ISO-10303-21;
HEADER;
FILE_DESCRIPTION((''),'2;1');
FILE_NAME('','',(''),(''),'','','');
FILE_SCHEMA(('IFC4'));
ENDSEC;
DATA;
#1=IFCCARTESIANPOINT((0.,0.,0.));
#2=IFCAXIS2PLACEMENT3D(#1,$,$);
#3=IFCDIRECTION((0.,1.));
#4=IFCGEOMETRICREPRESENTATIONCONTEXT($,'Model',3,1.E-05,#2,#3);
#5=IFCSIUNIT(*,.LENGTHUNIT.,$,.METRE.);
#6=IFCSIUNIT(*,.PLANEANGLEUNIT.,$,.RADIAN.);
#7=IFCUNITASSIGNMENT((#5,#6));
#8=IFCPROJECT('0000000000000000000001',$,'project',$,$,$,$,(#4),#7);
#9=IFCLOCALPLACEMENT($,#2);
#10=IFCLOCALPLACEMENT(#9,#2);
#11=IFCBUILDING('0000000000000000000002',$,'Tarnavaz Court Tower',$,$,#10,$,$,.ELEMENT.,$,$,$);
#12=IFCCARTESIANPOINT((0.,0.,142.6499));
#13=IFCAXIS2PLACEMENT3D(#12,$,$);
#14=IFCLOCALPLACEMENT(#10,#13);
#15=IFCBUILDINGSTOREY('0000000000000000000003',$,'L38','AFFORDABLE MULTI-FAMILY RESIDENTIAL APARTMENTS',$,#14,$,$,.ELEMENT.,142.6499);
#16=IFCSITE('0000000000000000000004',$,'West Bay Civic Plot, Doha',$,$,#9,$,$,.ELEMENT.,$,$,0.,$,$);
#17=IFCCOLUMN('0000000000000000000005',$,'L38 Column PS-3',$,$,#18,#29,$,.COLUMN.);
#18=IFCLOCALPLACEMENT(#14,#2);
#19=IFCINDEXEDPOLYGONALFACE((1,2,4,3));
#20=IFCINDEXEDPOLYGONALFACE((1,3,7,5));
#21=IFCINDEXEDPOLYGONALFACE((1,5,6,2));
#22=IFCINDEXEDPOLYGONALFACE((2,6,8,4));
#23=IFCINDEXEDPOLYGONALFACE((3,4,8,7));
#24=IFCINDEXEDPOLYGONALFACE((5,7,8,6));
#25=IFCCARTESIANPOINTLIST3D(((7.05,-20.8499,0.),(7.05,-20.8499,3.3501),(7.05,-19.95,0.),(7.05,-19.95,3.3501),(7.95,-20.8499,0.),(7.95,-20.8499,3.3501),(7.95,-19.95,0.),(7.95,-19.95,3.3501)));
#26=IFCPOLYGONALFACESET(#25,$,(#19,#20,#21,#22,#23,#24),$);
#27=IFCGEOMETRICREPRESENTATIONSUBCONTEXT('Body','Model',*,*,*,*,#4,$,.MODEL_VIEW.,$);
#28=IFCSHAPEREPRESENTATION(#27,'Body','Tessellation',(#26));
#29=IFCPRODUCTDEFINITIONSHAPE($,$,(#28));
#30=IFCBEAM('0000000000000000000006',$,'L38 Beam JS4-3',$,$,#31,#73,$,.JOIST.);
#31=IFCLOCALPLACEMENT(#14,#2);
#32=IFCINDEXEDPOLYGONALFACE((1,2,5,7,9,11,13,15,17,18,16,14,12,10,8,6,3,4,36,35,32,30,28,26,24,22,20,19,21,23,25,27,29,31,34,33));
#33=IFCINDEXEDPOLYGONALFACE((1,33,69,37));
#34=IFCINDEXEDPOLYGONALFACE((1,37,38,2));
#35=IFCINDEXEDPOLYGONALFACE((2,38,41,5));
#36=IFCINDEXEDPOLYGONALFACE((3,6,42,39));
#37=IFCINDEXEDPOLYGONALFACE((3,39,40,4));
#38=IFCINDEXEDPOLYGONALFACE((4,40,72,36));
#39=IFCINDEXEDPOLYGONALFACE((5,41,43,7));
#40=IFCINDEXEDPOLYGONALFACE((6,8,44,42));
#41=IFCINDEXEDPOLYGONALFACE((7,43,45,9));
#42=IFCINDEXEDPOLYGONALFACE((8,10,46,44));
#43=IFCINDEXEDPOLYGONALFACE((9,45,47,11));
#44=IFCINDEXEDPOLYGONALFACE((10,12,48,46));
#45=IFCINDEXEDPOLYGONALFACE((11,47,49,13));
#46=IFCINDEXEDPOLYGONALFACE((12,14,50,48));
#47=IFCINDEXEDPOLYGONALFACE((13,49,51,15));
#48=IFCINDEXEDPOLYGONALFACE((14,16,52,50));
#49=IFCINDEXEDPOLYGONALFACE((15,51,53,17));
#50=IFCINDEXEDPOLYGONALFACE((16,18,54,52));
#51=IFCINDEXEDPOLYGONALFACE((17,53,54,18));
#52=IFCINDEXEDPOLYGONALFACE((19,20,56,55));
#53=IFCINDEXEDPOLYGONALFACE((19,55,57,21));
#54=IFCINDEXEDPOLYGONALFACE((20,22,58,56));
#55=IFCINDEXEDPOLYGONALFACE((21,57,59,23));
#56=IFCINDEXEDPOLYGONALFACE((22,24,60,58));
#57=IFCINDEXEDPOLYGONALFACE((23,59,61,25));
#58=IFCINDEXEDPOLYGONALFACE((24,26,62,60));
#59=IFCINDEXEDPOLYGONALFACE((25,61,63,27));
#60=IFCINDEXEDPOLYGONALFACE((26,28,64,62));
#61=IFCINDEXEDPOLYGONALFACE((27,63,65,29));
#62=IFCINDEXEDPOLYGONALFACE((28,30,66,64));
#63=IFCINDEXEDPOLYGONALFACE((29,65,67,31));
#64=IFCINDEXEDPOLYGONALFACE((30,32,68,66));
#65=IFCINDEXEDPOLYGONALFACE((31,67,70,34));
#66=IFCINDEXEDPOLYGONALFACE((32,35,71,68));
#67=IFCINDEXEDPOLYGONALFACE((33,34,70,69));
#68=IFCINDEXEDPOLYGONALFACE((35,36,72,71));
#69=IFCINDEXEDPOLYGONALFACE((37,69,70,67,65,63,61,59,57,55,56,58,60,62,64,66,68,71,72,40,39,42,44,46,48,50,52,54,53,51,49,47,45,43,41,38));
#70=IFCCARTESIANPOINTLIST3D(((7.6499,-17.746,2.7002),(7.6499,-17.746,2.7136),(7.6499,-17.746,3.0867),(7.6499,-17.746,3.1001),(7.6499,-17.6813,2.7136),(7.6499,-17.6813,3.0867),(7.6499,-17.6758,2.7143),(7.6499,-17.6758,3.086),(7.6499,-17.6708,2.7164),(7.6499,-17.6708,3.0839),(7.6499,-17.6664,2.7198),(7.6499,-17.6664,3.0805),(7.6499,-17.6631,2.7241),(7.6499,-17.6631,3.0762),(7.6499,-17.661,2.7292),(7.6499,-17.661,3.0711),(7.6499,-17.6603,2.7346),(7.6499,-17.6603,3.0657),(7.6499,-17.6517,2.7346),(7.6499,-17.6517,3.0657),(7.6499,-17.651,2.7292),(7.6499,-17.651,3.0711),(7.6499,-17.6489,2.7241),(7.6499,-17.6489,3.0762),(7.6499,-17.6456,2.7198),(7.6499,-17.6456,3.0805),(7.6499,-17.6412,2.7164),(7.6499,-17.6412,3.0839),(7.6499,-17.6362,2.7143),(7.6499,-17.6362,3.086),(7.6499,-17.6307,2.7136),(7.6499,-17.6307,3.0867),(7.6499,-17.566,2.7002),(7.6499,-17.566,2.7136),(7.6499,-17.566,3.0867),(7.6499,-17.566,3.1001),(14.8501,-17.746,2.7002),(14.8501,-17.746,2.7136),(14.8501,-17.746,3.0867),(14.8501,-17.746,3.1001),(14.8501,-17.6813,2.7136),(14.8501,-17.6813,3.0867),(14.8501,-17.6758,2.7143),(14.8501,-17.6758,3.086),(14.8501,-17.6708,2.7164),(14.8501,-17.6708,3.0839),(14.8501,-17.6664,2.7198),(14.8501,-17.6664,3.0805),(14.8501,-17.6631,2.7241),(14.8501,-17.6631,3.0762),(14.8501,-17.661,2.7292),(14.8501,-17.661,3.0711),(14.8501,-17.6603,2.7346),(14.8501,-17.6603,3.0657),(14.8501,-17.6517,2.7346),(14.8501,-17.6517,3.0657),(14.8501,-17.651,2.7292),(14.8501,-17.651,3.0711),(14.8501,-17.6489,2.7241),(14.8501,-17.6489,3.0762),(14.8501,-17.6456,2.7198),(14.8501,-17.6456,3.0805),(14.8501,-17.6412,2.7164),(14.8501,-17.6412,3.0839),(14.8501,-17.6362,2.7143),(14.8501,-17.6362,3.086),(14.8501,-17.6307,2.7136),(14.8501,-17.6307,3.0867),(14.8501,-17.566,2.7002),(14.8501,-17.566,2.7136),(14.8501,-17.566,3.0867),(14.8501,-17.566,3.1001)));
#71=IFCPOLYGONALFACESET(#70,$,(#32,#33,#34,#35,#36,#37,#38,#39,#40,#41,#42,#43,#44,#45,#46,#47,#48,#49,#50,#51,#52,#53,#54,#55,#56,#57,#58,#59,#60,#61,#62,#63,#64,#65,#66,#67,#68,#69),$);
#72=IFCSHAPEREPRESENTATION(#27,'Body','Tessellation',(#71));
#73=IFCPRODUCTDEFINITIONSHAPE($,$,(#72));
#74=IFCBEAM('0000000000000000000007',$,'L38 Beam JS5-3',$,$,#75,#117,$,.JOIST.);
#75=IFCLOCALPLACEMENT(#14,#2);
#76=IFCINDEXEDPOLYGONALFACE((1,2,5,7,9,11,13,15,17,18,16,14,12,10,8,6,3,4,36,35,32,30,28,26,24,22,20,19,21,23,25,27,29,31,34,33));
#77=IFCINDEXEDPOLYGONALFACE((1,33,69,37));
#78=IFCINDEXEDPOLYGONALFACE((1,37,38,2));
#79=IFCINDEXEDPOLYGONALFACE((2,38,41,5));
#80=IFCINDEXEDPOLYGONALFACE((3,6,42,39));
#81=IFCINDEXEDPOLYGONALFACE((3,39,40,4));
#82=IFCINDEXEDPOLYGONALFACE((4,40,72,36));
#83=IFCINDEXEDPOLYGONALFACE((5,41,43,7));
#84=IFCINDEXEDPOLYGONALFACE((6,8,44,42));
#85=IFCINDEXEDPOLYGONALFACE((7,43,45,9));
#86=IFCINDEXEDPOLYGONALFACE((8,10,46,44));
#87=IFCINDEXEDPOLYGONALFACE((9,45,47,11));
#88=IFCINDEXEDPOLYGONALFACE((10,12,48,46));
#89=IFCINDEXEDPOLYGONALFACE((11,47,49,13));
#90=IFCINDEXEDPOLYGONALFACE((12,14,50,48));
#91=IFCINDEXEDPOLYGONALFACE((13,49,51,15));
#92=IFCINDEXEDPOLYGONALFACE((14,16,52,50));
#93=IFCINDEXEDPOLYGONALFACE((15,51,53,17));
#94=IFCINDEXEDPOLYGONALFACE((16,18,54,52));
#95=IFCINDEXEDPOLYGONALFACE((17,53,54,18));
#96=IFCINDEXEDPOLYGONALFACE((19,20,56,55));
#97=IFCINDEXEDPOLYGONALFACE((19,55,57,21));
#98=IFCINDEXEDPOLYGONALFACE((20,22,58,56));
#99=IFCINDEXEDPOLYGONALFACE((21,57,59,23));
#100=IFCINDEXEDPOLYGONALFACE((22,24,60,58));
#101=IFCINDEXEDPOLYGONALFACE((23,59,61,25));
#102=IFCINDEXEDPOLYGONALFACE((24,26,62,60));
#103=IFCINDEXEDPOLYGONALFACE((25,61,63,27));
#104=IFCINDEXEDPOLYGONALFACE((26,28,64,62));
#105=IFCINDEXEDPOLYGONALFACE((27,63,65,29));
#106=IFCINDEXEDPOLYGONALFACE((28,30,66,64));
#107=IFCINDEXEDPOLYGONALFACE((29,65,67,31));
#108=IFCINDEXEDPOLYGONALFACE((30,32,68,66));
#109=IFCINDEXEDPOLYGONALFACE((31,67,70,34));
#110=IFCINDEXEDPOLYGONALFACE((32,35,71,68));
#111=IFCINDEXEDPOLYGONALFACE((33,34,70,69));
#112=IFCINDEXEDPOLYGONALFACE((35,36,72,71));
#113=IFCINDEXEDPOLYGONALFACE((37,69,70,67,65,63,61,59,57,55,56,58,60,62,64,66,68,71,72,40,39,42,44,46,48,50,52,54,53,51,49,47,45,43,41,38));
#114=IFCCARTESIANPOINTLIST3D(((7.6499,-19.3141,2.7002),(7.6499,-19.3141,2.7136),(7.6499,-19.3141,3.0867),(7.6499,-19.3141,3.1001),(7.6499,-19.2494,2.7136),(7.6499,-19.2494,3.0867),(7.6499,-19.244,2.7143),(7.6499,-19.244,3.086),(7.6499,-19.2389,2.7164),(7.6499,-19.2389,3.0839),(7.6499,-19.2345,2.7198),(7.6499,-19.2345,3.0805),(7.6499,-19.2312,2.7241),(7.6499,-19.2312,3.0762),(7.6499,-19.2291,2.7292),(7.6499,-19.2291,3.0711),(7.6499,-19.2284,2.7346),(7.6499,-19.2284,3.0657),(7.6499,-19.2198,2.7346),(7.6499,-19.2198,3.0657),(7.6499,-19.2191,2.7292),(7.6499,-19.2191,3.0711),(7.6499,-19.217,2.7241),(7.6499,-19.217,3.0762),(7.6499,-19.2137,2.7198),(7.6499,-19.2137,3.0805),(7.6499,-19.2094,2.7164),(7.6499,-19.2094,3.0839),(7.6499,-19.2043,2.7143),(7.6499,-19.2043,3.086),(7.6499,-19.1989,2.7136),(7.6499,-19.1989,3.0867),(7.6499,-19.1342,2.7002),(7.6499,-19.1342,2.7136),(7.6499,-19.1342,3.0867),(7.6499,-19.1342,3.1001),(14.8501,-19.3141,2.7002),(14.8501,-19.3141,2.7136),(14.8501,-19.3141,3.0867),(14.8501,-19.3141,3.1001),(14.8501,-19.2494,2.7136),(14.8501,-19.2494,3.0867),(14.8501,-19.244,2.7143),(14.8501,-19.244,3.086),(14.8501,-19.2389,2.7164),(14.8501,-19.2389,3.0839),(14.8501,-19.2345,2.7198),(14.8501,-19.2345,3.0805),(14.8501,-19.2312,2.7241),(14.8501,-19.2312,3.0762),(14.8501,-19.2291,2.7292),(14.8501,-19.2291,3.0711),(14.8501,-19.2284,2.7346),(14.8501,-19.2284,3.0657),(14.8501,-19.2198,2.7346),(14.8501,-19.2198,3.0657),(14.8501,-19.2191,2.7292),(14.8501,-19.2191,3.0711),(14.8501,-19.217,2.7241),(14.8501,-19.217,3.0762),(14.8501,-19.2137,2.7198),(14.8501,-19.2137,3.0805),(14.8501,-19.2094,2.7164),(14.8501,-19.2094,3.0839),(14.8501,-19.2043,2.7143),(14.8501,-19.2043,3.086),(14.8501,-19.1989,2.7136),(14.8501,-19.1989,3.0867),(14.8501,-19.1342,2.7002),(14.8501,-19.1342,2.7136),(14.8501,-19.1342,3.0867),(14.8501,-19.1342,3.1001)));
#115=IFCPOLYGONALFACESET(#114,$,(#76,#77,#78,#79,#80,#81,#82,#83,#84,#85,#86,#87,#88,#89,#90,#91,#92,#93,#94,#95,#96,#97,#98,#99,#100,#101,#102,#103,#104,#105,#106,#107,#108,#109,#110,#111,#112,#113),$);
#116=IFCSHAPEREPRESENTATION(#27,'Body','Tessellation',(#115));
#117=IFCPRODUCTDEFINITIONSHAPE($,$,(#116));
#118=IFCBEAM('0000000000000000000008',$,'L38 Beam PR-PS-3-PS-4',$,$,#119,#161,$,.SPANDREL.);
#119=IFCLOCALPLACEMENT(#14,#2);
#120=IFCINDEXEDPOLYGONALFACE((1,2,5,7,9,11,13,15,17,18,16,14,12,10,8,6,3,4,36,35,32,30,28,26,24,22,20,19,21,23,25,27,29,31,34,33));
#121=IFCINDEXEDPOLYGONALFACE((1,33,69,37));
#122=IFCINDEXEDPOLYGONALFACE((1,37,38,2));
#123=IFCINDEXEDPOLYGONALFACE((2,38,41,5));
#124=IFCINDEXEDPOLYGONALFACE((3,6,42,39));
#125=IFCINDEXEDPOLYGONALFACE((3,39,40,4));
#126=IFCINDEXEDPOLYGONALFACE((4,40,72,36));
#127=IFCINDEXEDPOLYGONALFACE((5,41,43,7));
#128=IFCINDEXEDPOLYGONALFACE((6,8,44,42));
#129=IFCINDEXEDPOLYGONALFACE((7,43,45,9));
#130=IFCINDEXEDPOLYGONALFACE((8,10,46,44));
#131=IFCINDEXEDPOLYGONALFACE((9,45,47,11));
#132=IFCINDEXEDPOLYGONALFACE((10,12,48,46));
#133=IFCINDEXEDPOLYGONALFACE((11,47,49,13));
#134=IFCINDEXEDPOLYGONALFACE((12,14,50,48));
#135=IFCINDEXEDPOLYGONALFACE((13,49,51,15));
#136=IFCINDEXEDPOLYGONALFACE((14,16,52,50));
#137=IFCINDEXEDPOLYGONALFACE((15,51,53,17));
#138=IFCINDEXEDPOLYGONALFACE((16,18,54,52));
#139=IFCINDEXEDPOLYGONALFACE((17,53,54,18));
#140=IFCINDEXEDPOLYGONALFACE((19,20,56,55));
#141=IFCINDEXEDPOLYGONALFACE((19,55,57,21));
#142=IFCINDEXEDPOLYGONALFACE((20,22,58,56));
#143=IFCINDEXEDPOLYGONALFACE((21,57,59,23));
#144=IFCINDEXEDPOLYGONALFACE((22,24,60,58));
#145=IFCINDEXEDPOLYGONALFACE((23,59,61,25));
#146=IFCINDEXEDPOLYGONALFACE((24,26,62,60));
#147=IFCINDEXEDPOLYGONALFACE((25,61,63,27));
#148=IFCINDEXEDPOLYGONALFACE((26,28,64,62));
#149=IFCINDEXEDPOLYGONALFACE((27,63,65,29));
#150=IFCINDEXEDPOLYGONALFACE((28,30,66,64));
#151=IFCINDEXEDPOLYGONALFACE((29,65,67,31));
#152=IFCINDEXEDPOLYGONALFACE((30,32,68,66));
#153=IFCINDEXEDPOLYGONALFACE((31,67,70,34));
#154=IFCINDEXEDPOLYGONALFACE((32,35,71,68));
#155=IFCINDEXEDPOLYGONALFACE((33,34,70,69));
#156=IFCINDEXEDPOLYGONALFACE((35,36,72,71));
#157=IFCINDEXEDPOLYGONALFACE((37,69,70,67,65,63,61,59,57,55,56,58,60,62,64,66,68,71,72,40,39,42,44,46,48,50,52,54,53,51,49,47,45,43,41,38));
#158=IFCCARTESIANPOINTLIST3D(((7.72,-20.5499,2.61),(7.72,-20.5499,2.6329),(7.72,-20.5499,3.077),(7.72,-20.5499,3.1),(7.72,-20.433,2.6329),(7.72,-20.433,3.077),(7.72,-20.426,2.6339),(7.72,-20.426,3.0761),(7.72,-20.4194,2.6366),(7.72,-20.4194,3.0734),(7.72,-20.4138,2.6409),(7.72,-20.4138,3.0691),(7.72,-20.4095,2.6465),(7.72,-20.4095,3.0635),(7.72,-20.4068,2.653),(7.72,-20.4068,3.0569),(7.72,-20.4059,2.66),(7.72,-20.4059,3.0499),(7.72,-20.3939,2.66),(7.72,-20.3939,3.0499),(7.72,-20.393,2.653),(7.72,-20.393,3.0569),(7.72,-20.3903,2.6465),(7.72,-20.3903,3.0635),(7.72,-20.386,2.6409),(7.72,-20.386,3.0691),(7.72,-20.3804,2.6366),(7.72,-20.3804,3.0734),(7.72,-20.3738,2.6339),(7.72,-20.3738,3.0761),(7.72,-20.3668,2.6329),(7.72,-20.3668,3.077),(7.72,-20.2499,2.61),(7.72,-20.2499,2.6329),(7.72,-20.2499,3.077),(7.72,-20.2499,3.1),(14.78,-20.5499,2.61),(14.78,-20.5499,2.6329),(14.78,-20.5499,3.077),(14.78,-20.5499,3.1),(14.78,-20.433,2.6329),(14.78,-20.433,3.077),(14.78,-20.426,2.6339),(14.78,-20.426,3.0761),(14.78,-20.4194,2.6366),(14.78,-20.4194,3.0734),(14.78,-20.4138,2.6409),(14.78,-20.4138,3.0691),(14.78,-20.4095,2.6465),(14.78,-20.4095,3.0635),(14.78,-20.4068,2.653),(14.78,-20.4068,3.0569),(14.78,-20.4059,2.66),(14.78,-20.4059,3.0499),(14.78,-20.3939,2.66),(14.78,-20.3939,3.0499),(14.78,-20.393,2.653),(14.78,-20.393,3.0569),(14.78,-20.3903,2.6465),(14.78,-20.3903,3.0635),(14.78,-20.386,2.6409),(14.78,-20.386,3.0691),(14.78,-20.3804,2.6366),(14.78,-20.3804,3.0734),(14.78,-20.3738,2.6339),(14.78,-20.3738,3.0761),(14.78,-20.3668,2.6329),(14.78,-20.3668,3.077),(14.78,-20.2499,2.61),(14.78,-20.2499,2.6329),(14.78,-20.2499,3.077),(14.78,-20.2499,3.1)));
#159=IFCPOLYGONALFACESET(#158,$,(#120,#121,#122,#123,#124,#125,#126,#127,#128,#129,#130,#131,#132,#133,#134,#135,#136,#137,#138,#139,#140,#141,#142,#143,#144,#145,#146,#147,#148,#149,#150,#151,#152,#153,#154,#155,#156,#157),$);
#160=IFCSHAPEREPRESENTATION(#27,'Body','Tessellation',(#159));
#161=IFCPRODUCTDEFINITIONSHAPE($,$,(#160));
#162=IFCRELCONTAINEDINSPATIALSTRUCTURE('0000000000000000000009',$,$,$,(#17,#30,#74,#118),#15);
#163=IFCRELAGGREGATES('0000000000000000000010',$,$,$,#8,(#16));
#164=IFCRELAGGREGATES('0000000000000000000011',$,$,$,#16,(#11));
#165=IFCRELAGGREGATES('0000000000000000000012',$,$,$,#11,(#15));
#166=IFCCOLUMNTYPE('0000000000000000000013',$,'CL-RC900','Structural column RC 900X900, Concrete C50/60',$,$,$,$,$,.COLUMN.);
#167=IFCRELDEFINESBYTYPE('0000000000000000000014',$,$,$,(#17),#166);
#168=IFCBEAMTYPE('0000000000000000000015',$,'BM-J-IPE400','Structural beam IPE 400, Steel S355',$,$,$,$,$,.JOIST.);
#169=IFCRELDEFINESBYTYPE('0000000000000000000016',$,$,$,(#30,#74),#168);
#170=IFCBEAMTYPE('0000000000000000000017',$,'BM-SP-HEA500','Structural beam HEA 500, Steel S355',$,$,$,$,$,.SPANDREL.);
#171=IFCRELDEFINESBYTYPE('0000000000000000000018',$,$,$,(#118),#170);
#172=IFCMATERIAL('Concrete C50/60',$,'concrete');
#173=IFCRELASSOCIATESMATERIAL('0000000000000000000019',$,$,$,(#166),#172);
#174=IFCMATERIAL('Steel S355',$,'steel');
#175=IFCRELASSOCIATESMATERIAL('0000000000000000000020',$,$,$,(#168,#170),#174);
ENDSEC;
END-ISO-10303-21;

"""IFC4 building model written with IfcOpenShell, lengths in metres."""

from ifc_helpers import new_model, si_unit, direction, frame, origin, origin_2d, place, context, subcontext, project, spatial, rectangle, i_section, extrude, material, material_profile, profile_set, type_object, element, save


model = new_model("IFC4")

# Units and contexts
model_context = context("Model", 3, precision=1e-05, world=origin(), true_north=direction((0.0, 1.0)))
body_context = subcontext(model_context, "Body", "Model", "MODEL_VIEW")
ifc_project = project(units=[si_unit("LENGTHUNIT", "METRE"), si_unit("PLANEANGLEUNIT", "RADIAN")], contexts=[model_context])

# Site, building, storey
site_placement = place(None, origin())
site = spatial("IfcSite", under=ifc_project, at=site_placement, Name="West Bay Civic Plot, Doha", CompositionType="ELEMENT", RefElevation=0.0)
building_placement = place(site_placement, origin())
building = spatial("IfcBuilding", under=site, at=building_placement, Name="Tarnavaz Court Tower", CompositionType="ELEMENT")
storey_placement = place(building_placement, frame((0.0, 0.0, 142.6499)))
storey = spatial("IfcBuildingStorey", under=building, at=storey_placement, Name="L38", Description="AFFORDABLE MULTI-FAMILY RESIDENTIAL APARTMENTS", CompositionType="ELEMENT", Elevation=142.6499)

# Column
ifc_material_1 = material(Name="Concrete C50/60", Category="concrete")
ifc_material_profile_1 = material_profile(ifc_material_1, rectangle(XDim=0.8999, YDim=0.8999, at=origin_2d()), Name="RC 900X900")
ifc_profile_set_1 = profile_set([ifc_material_profile_1], Name="Concrete C50/60")
column_type = type_object("IfcColumnType", Name="CL-RC900", Description="Structural column RC 900X900, Concrete C50/60", PredefinedType="COLUMN", material=ifc_profile_set_1)
column_placement = place(storey_placement, frame((7.5, -20.3999, 0.0), z_axis=(0.0, 0.0, 1.0), x_axis=(1.0, 0.0, 0.0)))
element("IfcColumn", 1, at=column_placement, inside=storey, type_object=column_type, Name="L38 Column PS-3", PredefinedType="COLUMN", context=body_context, shape_type="SweptSolid", body=[
    extrude(rectangle(XDim=0.8999, YDim=0.8999, at=origin_2d()), origin(), (0.0, 0.0, 1.0), 3.3501),
])

# Beams
ifc_material_2 = material(Name="Steel S355", Category="steel")
ifc_material_profile_2 = material_profile(ifc_material_2, i_section(OverallWidth=0.1799, OverallDepth=0.3999, WebThickness=0.0085, FlangeThickness=0.0134, FilletRadius=0.021, at=origin_2d()), Name="IPE 400")
ifc_profile_set_2 = profile_set([ifc_material_profile_2], Name="Steel S355")
beam_type_1 = type_object("IfcBeamType", Name="BM-J-IPE400", Description="Structural beam IPE 400, Steel S355", PredefinedType="JOIST", material=ifc_profile_set_2)
for number, where, z_axis, x_axis, name in (
    (2, (7.6499, -17.656, 2.9001), (1.0, 0.0, 0.0), (0.0, 1.0, 0.0), "L38 Beam JS4-3"),
    (3, (7.6499, -19.2241, 2.9001), (1.0, 0.0, 0.0), (0.0, 1.0, 0.0), "L38 Beam JS5-3"),
):
    element("IfcBeam", number, at=place(storey_placement, frame(where, z_axis=z_axis, x_axis=x_axis)), inside=storey, type_object=beam_type_1, Name=name, PredefinedType="JOIST", context=body_context, shape_type="SweptSolid", body=[
        extrude(i_section(OverallWidth=0.1799, OverallDepth=0.3999, WebThickness=0.0085, FlangeThickness=0.0134, FilletRadius=0.021, at=origin_2d()), origin(), (0.0, 0.0, 1.0), 7.2002),
    ])
ifc_material_profile_3 = material_profile(ifc_material_2, i_section(OverallWidth=0.3, OverallDepth=0.49, WebThickness=0.012, FlangeThickness=0.0229, FilletRadius=0.0271, at=origin_2d()), Name="HEA 500")
ifc_profile_set_3 = profile_set([ifc_material_profile_3], Name="Steel S355")
beam_type_2 = type_object("IfcBeamType", Name="BM-SP-HEA500", Description="Structural beam HEA 500, Steel S355", PredefinedType="SPANDREL", material=ifc_profile_set_3)
beam_placement = place(storey_placement, frame((7.72, -20.3999, 2.855), z_axis=(1.0, 0.0, 0.0), x_axis=(0.0, 1.0, 0.0)))
element("IfcBeam", 4, at=beam_placement, inside=storey, type_object=beam_type_2, Name="L38 Beam PR-PS-3-PS-4", PredefinedType="SPANDREL", context=body_context, shape_type="SweptSolid", body=[
    extrude(i_section(OverallWidth=0.3, OverallDepth=0.49, WebThickness=0.012, FlangeThickness=0.0229, FilletRadius=0.0271, at=origin_2d()), origin(), (0.0, 0.0, 1.0), 7.0601),
])

save(model, "model.ifc")
